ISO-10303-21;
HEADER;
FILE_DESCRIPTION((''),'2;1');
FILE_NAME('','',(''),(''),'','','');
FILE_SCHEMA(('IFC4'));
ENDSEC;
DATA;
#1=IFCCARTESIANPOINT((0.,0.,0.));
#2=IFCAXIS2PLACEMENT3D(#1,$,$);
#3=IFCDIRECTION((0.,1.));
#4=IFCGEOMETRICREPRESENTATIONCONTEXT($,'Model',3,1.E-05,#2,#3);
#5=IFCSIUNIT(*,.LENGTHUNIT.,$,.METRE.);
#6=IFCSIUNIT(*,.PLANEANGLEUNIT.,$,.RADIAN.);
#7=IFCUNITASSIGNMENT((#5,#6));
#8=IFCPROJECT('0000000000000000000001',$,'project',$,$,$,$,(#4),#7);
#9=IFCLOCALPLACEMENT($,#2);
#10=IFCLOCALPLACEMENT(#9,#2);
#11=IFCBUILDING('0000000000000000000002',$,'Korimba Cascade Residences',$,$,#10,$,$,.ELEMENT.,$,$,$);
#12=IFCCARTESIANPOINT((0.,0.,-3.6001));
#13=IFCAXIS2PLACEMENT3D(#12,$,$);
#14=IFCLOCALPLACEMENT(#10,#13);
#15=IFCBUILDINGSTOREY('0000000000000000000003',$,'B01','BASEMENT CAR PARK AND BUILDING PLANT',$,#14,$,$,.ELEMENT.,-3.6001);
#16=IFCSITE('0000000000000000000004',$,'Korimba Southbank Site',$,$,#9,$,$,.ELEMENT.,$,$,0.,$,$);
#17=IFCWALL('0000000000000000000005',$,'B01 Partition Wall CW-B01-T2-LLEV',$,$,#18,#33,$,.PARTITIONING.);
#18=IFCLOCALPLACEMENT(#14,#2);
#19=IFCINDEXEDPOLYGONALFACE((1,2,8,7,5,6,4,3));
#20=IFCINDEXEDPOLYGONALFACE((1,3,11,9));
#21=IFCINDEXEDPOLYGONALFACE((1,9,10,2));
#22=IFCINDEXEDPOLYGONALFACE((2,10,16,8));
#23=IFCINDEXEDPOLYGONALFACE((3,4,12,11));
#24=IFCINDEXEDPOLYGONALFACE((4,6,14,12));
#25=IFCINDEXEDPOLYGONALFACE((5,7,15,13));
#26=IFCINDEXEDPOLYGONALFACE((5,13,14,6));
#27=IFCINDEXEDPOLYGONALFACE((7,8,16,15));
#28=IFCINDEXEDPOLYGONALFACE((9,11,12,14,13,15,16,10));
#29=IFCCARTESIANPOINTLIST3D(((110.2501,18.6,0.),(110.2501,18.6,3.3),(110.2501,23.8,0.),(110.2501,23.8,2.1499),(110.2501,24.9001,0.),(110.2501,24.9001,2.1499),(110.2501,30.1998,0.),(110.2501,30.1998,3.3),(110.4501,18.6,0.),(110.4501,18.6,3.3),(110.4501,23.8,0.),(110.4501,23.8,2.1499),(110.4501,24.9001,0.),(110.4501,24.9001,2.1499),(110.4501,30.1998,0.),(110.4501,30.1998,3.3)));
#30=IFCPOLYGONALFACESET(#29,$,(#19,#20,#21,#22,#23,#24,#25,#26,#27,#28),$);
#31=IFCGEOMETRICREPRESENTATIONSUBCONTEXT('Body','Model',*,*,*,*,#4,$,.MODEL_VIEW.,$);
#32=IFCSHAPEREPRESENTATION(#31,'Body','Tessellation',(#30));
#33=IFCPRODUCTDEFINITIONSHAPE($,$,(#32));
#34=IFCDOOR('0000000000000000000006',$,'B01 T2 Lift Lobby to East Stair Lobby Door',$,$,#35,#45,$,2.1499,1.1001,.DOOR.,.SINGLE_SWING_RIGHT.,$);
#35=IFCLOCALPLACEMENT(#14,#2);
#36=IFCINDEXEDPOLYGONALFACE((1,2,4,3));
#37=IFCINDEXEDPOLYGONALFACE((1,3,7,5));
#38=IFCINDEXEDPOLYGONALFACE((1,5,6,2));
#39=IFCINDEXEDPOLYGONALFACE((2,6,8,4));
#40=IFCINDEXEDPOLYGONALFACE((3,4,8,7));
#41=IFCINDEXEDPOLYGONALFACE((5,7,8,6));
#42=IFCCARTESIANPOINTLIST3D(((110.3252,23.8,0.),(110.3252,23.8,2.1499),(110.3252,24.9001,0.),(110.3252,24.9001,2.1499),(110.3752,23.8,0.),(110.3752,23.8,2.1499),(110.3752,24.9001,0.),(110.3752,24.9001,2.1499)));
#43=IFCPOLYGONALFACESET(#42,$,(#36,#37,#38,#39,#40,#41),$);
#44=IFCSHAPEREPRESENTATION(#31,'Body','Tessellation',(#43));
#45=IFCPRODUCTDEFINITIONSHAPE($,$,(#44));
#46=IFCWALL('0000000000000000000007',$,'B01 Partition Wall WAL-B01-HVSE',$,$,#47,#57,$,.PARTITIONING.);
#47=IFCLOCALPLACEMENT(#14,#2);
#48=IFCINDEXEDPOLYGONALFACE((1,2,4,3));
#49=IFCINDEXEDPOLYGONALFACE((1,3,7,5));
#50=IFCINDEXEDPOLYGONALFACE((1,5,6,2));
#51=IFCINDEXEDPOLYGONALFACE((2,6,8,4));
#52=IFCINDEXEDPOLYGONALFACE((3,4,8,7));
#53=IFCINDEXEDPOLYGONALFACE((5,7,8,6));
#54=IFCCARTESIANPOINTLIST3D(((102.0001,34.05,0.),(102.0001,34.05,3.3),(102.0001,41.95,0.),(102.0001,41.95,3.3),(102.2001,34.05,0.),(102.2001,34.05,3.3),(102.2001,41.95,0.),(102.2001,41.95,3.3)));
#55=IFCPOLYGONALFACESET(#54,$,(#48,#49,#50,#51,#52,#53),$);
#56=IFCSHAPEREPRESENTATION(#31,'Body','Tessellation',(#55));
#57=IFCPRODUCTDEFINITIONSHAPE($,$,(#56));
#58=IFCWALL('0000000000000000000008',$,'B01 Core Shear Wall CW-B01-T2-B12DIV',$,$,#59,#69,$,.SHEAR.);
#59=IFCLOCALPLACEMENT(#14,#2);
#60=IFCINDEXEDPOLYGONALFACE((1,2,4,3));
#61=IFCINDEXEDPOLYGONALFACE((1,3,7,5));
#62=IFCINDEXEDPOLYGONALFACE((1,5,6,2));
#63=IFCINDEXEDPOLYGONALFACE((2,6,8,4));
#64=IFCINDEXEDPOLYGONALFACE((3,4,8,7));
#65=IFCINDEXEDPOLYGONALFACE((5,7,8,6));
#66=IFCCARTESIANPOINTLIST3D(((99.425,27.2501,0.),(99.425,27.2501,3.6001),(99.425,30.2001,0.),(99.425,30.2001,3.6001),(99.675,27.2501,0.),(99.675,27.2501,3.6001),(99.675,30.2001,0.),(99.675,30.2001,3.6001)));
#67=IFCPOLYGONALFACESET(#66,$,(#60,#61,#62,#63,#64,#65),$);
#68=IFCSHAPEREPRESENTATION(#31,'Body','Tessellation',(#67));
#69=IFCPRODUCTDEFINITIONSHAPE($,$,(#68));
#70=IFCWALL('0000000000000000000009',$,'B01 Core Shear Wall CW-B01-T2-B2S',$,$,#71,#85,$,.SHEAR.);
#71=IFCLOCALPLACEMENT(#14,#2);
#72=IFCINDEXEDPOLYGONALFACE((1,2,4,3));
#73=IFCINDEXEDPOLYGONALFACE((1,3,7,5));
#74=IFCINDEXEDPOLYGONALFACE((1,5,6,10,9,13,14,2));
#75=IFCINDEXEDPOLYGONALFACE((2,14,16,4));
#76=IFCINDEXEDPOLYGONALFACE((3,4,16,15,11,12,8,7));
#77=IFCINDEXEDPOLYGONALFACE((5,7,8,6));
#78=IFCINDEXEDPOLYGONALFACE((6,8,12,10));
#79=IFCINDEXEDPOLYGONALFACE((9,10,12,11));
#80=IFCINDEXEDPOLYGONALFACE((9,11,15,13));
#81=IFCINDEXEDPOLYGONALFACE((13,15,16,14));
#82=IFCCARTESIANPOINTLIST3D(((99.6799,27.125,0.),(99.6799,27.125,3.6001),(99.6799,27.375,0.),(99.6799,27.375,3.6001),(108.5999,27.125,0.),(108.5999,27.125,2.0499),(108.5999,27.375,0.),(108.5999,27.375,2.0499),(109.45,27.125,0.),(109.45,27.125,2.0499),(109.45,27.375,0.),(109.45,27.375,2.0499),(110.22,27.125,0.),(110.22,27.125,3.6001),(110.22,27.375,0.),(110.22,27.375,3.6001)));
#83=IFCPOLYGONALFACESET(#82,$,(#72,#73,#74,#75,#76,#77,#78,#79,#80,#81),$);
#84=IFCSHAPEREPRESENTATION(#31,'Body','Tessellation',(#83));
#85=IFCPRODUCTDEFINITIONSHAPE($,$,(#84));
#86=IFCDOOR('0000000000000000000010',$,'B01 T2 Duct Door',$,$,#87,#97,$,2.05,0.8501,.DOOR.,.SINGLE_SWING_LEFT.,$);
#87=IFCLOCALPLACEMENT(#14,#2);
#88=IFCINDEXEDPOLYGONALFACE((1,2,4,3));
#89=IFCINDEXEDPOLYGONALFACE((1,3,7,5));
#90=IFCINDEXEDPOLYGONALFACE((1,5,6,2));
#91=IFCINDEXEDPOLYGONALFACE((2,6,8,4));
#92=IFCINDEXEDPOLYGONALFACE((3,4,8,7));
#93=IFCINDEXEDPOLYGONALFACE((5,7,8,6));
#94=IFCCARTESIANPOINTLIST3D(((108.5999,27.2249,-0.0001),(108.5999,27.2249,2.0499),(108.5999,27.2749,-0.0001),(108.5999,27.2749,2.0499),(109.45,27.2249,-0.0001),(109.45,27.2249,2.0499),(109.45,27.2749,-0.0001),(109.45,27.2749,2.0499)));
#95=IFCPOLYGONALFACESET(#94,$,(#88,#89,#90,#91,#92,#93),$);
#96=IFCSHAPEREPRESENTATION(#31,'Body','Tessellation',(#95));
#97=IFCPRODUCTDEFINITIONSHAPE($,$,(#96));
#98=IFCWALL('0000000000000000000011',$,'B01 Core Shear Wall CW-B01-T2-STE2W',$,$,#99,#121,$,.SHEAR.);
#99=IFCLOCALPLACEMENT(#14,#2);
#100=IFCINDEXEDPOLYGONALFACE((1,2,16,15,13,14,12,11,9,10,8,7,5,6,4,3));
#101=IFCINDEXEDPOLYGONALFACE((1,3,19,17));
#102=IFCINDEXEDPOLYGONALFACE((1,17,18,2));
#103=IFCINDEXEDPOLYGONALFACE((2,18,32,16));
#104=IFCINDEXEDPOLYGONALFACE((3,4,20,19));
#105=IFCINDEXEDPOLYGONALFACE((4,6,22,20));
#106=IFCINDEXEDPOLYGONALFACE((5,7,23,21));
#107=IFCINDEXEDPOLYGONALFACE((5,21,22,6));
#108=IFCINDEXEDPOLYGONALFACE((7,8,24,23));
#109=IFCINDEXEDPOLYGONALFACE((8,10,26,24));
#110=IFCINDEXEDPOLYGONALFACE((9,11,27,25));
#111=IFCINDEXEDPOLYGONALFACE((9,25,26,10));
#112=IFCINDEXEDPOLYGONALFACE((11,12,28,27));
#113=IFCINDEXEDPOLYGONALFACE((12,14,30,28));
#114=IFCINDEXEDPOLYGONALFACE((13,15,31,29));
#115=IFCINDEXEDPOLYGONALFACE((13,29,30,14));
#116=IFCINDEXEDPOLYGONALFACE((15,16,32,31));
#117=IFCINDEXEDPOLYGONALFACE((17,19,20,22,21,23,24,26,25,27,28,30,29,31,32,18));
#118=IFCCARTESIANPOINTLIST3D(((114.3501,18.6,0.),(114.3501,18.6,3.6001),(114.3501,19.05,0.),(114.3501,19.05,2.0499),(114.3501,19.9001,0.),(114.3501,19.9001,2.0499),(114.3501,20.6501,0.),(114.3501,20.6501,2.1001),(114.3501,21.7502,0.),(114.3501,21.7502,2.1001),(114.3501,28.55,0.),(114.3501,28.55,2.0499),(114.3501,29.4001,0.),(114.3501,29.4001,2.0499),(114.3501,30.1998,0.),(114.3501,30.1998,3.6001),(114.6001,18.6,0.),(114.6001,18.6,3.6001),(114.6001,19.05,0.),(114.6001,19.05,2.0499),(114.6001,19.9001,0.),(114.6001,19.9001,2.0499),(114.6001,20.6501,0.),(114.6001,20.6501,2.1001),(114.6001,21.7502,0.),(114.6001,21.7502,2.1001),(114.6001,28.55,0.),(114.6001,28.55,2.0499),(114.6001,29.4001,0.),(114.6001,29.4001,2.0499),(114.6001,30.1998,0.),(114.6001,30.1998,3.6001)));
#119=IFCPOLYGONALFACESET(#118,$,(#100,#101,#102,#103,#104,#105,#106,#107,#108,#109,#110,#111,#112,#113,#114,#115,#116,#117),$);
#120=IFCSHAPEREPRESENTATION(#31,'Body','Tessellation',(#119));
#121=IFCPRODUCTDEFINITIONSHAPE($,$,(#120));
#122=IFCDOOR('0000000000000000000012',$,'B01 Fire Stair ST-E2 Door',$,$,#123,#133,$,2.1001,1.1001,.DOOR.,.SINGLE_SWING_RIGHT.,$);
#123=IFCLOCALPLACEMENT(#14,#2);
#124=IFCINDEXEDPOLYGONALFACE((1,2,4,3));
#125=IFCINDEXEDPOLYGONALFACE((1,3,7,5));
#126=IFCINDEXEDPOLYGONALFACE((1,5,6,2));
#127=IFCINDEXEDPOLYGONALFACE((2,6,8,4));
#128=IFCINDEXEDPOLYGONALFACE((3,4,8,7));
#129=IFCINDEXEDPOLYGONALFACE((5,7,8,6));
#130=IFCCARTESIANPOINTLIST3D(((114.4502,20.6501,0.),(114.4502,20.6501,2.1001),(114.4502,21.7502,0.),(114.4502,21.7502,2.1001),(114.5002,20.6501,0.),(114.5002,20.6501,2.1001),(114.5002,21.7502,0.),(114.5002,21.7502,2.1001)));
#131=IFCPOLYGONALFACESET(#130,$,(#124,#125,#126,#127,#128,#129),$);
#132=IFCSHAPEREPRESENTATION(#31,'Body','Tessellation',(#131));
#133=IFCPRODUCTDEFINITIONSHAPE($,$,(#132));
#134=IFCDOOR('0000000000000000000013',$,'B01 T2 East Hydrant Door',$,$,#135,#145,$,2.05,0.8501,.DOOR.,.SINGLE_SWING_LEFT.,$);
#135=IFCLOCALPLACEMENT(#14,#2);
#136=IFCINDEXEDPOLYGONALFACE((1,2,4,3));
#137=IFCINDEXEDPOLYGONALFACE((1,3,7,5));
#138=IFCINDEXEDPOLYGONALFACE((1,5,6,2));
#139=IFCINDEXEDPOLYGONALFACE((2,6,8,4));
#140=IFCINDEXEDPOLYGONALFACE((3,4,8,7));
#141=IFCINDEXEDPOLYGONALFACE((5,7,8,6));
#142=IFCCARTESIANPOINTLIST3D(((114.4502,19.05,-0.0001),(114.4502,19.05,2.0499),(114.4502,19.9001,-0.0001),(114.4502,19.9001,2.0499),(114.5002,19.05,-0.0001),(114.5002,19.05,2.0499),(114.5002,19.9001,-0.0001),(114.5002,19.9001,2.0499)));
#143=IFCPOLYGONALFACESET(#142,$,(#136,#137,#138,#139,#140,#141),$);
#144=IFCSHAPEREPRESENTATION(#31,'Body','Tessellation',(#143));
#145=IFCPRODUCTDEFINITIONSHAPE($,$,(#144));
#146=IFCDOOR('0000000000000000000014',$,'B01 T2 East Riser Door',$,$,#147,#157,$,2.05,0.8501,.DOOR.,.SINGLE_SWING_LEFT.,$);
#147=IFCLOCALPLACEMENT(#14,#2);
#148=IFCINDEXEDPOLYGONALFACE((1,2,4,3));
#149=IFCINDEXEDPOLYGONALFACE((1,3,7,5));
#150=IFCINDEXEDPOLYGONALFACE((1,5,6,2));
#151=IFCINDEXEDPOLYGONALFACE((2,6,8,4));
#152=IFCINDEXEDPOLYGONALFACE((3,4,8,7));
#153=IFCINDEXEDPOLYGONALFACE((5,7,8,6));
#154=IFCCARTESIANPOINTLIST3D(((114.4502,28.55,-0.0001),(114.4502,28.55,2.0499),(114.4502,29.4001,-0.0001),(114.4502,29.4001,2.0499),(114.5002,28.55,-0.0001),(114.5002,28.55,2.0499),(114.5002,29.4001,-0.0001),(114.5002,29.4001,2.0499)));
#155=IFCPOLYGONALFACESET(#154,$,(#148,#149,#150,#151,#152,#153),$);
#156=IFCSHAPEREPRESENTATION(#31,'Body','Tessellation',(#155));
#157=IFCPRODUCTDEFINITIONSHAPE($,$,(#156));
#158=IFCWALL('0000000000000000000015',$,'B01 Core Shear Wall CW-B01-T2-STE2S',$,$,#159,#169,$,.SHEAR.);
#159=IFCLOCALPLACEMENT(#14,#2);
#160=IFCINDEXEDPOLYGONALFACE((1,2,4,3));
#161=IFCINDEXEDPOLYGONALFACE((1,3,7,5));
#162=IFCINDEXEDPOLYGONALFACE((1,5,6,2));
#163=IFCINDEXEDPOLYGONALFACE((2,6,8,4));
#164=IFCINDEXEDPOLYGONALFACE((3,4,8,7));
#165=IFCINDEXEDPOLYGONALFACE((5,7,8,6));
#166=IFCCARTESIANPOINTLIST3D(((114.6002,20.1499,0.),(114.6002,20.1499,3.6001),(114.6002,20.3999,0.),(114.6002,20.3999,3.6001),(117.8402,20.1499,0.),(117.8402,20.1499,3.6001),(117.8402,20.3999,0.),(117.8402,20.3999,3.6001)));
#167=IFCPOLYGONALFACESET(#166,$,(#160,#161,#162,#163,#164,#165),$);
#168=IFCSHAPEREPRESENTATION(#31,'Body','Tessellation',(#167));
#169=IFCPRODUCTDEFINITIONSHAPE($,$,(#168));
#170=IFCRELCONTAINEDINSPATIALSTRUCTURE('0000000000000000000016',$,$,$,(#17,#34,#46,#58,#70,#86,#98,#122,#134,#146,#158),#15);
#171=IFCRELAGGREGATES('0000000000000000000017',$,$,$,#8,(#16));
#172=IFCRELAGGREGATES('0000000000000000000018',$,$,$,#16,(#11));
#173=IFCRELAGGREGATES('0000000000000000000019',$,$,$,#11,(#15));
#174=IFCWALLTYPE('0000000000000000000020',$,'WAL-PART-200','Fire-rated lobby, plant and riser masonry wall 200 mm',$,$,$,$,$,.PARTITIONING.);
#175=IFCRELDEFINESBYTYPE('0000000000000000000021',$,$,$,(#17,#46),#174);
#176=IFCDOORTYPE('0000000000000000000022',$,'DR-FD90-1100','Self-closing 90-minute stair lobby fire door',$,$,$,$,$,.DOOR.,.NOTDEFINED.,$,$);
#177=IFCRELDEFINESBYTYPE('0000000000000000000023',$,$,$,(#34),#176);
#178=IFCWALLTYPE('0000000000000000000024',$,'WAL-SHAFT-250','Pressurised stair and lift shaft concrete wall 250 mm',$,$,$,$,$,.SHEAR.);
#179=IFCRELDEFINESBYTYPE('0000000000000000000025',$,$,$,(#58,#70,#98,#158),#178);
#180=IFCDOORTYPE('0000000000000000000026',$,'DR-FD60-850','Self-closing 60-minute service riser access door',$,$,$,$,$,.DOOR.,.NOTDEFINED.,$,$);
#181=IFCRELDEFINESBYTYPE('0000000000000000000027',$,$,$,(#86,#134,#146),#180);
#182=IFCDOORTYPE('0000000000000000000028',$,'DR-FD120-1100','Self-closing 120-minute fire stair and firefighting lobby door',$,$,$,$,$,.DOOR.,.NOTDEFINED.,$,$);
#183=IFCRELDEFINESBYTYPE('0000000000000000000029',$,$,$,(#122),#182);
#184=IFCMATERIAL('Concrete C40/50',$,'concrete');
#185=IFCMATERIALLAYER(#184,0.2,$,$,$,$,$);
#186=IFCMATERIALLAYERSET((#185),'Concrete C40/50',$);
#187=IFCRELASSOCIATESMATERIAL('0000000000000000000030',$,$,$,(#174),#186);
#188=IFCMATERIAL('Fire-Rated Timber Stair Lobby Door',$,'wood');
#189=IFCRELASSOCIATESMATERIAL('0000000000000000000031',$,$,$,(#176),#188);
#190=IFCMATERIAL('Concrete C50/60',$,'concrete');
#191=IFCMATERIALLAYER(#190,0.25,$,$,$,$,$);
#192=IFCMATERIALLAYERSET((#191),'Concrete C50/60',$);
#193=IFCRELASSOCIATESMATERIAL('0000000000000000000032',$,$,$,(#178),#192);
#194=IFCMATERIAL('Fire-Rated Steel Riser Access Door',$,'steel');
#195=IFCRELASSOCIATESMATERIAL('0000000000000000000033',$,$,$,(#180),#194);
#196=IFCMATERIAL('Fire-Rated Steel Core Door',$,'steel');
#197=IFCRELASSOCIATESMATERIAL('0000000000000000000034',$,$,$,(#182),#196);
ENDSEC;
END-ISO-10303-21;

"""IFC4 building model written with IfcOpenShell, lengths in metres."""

from ifc_helpers import new_model, si_unit, direction, frame, frame_2d, origin, place, context, subcontext, project, spatial, rectangle, extrude, material, layer, layer_set, type_object, element, fill, save


model = new_model("IFC4")

# Units and contexts
model_context = context("Model", 3, precision=1e-05, world=origin(), true_north=direction((0.0, 1.0)))
body_context = subcontext(model_context, "Body", "Model", "MODEL_VIEW")
ifc_project = project(units=[si_unit("LENGTHUNIT", "METRE"), si_unit("PLANEANGLEUNIT", "RADIAN")], contexts=[model_context])

# Site, building, storey
site_placement = place(None, origin())
site = spatial("IfcSite", under=ifc_project, at=site_placement, Name="Korimba Southbank Site", CompositionType="ELEMENT", RefElevation=0.0)
building_placement = place(site_placement, origin())
building = spatial("IfcBuilding", under=site, at=building_placement, Name="Korimba Cascade Residences", CompositionType="ELEMENT")
storey_placement = place(building_placement, frame((0.0, 0.0, -3.6001)))
storey = spatial("IfcBuildingStorey", under=building, at=storey_placement, Name="B01", Description="BASEMENT CAR PARK AND BUILDING PLANT", CompositionType="ELEMENT", Elevation=-3.6001)

# Shared definitions
ifc_material_1 = material(Name="Concrete C50/60", Category="concrete")

# Shared definitions
ifc_material_2 = material(Name="Concrete C40/50", Category="concrete")
ifc_layer_1 = layer(ifc_material_2, 0.2)
ifc_layer_set_1 = layer_set([ifc_layer_1], Name="Concrete C40/50")
wall_type_1 = type_object("IfcWallType", Name="WAL-PART-200", Description="Fire-rated lobby, plant and riser masonry wall 200 mm", PredefinedType="PARTITIONING", material=ifc_layer_set_1)

# Wall, opening, door
wall_1_placement = place(storey_placement, frame((110.3501, 18.6001, 0.0), z_axis=(0.0, 0.0, 1.0), x_axis=(0.0, 1.0, 0.0)))
wall_1 = element("IfcWall", 1, at=wall_1_placement, inside=storey, type_object=wall_type_1, Name="B01 Partition Wall CW-B01-T2-LLEV", PredefinedType="PARTITIONING", context=body_context, shape_type="SweptSolid", body=[
    extrude(rectangle(XDim=11.5999, YDim=0.2, at=frame_2d((5.7998, 0.0))), origin(), (0.0, 0.0, 1.0), 3.3),
])
opening_1_placement = place(wall_1_placement, frame((5.2, 0.0, 0.0)))
opening_1 = element("IfcOpeningElement", 2, at=opening_1_placement, cuts=wall_1, PredefinedType="OPENING", context=body_context, shape_type="SweptSolid", body=[
    extrude(rectangle(XDim=1.1001, YDim=2.1499, at=frame_2d((0.55, 1.075))), frame((0.0, 0.1099, 0.0), z_axis=(0.0, -1.0, 0.0), x_axis=(1.0, 0.0, 0.0)), (0.0, 0.0, 1.0), 0.22),
])
ifc_material_3 = material(Name="Fire-Rated Timber Stair Lobby Door", Category="wood")
door_type_1 = type_object("IfcDoorType", Name="DR-FD90-1100", Description="Self-closing 90-minute stair lobby fire door", OperationType="NOTDEFINED", PredefinedType="DOOR", material=ifc_material_3)
door_1_placement = place(opening_1_placement, origin())
door_1 = element("IfcDoor", 3, at=door_1_placement, inside=storey, type_object=door_type_1, Name="B01 T2 Lift Lobby to East Stair Lobby Door", OperationType="SINGLE_SWING_RIGHT", OverallHeight=2.1499, OverallWidth=1.1001, PredefinedType="DOOR", context=body_context, shape_type="SweptSolid", body=[
    extrude(rectangle(XDim=1.1001, YDim=2.1499, at=frame_2d((0.55, 1.075))), frame((0.0, 0.0249, 0.0), z_axis=(0.0, -1.0, 0.0), x_axis=(1.0, 0.0, 0.0)), (0.0, 0.0, 1.0), 0.05),
])
fill(opening_1, door_1)

# Walls
wall_2_placement = place(storey_placement, frame((102.1001, 34.05, 0.0), z_axis=(0.0, 0.0, 1.0), x_axis=(0.0, 1.0, 0.0)))
element("IfcWall", 4, at=wall_2_placement, inside=storey, type_object=wall_type_1, Name="B01 Partition Wall WAL-B01-HVSE", PredefinedType="PARTITIONING", context=body_context, shape_type="SweptSolid", body=[
    extrude(rectangle(XDim=7.8999, YDim=0.2, at=frame_2d((3.95, 0.0))), origin(), (0.0, 0.0, 1.0), 3.3),
])
ifc_layer_2 = layer(ifc_material_1, 0.25)
ifc_layer_set_2 = layer_set([ifc_layer_2], Name="Concrete C50/60")
wall_type_2 = type_object("IfcWallType", Name="WAL-SHAFT-250", Description="Pressurised stair and lift shaft concrete wall 250 mm", PredefinedType="SHEAR", material=ifc_layer_set_2)
wall_3_placement = place(storey_placement, frame((99.55, 27.25, 0.0), z_axis=(0.0, 0.0, 1.0), x_axis=(0.0, 1.0, 0.0)))
element("IfcWall", 5, at=wall_3_placement, inside=storey, type_object=wall_type_2, Name="B01 Core Shear Wall CW-B01-T2-B12DIV", PredefinedType="SHEAR", context=body_context, shape_type="SweptSolid", body=[
    extrude(rectangle(XDim=2.95, YDim=0.25, at=frame_2d((1.4751, 0.0))), origin(), (0.0, 0.0, 1.0), 3.6001),
])

# Wall, opening, door
wall_4_placement = place(storey_placement, frame((99.6799, 27.25, 0.0), z_axis=(0.0, 0.0, 1.0), x_axis=(1.0, 0.0, 0.0)))
wall_4 = element("IfcWall", 6, at=wall_4_placement, inside=storey, type_object=wall_type_2, Name="B01 Core Shear Wall CW-B01-T2-B2S", PredefinedType="SHEAR", context=body_context, shape_type="SweptSolid", body=[
    extrude(rectangle(XDim=10.54, YDim=0.25, at=frame_2d((5.27, 0.0))), origin(), (0.0, 0.0, 1.0), 3.6001),
])
opening_2_placement = place(wall_4_placement, frame((8.9199, 0.0, 0.0)))
opening_2 = element("IfcOpeningElement", 7, at=opening_2_placement, cuts=wall_4, PredefinedType="OPENING", context=body_context, shape_type="SweptSolid", body=[
    extrude(rectangle(XDim=0.8501, YDim=2.05, at=frame_2d((0.425, 1.0249))), frame((0.0, 0.135, 0.0), z_axis=(0.0, -1.0, 0.0), x_axis=(1.0, 0.0, 0.0)), (0.0, 0.0, 1.0), 0.27),
])
ifc_material_4 = material(Name="Fire-Rated Steel Riser Access Door", Category="steel")
door_type_2 = type_object("IfcDoorType", Name="DR-FD60-850", Description="Self-closing 60-minute service riser access door", OperationType="NOTDEFINED", PredefinedType="DOOR", material=ifc_material_4)
door_2_placement = place(opening_2_placement, origin())
door_2 = element("IfcDoor", 8, at=door_2_placement, inside=storey, type_object=door_type_2, Name="B01 T2 Duct Door", OperationType="SINGLE_SWING_LEFT", OverallHeight=2.05, OverallWidth=0.8501, PredefinedType="DOOR", context=body_context, shape_type="SweptSolid", body=[
    extrude(rectangle(XDim=0.8501, YDim=2.05, at=frame_2d((0.425, 1.0249))), frame((0.0, 0.0249, 0.0), z_axis=(0.0, -1.0, 0.0), x_axis=(1.0, 0.0, 0.0)), (0.0, 0.0, 1.0), 0.05),
])
fill(opening_2, door_2)

# Wall, openings, doors
wall_5_placement = place(storey_placement, frame((114.4751, 18.6001, 0.0), z_axis=(0.0, 0.0, 1.0), x_axis=(0.0, 1.0, 0.0)))
wall_5 = element("IfcWall", 9, at=wall_5_placement, inside=storey, type_object=wall_type_2, Name="B01 Core Shear Wall CW-B01-T2-STE2W", PredefinedType="SHEAR", context=body_context, shape_type="SweptSolid", body=[
    extrude(rectangle(XDim=11.5999, YDim=0.25, at=frame_2d((5.7998, 0.0))), origin(), (0.0, 0.0, 1.0), 3.6001),
])
opening_3_placement = place(wall_5_placement, frame((0.45, 0.0, 0.0)))
opening_3 = element("IfcOpeningElement", 10, at=opening_3_placement, cuts=wall_5, PredefinedType="OPENING", context=body_context, shape_type="SweptSolid", body=[
    extrude(rectangle(XDim=0.8501, YDim=2.05, at=frame_2d((0.425, 1.0249))), frame((0.0, 0.135, 0.0), z_axis=(0.0, -1.0, 0.0), x_axis=(1.0, 0.0, 0.0)), (0.0, 0.0, 1.0), 0.27),
])
opening_4_placement = place(wall_5_placement, frame((2.05, 0.0, 0.0)))
opening_4 = element("IfcOpeningElement", 11, at=opening_4_placement, cuts=wall_5, PredefinedType="OPENING", context=body_context, shape_type="SweptSolid", body=[
    extrude(rectangle(XDim=1.1001, YDim=2.1001, at=frame_2d((0.55, 1.05))), frame((0.0, 0.135, 0.0), z_axis=(0.0, -1.0, 0.0), x_axis=(1.0, 0.0, 0.0)), (0.0, 0.0, 1.0), 0.27),
])
opening_5_placement = place(wall_5_placement, frame((9.95, 0.0, 0.0)))
opening_5 = element("IfcOpeningElement", 12, at=opening_5_placement, cuts=wall_5, PredefinedType="OPENING", context=body_context, shape_type="SweptSolid", body=[
    extrude(rectangle(XDim=0.8501, YDim=2.05, at=frame_2d((0.425, 1.0249))), frame((0.0, 0.135, 0.0), z_axis=(0.0, -1.0, 0.0), x_axis=(1.0, 0.0, 0.0)), (0.0, 0.0, 1.0), 0.27),
])
ifc_material_5 = material(Name="Fire-Rated Steel Core Door", Category="steel")
door_type_3 = type_object("IfcDoorType", Name="DR-FD120-1100", Description="Self-closing 120-minute fire stair and firefighting lobby door", OperationType="NOTDEFINED", PredefinedType="DOOR", material=ifc_material_5)
door_3_placement = place(opening_4_placement, origin())
door_3 = element("IfcDoor", 13, at=door_3_placement, inside=storey, type_object=door_type_3, Name="B01 Fire Stair ST-E2 Door", OperationType="SINGLE_SWING_RIGHT", OverallHeight=2.1001, OverallWidth=1.1001, PredefinedType="DOOR", context=body_context, shape_type="SweptSolid", body=[
    extrude(rectangle(XDim=1.1001, YDim=2.1001, at=frame_2d((0.55, 1.05))), frame((0.0, 0.0249, 0.0), z_axis=(0.0, -1.0, 0.0), x_axis=(1.0, 0.0, 0.0)), (0.0, 0.0, 1.0), 0.05),
])
fill(opening_4, door_3)
door_4_placement = place(opening_3_placement, origin())
door_4 = element("IfcDoor", 14, at=door_4_placement, inside=storey, type_object=door_type_2, Name="B01 T2 East Hydrant Door", OperationType="SINGLE_SWING_LEFT", OverallHeight=2.05, OverallWidth=0.8501, PredefinedType="DOOR", context=body_context, shape_type="SweptSolid", body=[
    extrude(rectangle(XDim=0.8501, YDim=2.05, at=frame_2d((0.425, 1.0249))), frame((0.0, 0.0249, 0.0), z_axis=(0.0, -1.0, 0.0), x_axis=(1.0, 0.0, 0.0)), (0.0, 0.0, 1.0), 0.05),
])
fill(opening_3, door_4)
door_5_placement = place(opening_5_placement, origin())
door_5 = element("IfcDoor", 15, at=door_5_placement, inside=storey, type_object=door_type_2, Name="B01 T2 East Riser Door", OperationType="SINGLE_SWING_LEFT", OverallHeight=2.05, OverallWidth=0.8501, PredefinedType="DOOR", context=body_context, shape_type="SweptSolid", body=[
    extrude(rectangle(XDim=0.8501, YDim=2.05, at=frame_2d((0.425, 1.0249))), frame((0.0, 0.0249, 0.0), z_axis=(0.0, -1.0, 0.0), x_axis=(1.0, 0.0, 0.0)), (0.0, 0.0, 1.0), 0.05),
])
fill(opening_5, door_5)

# Wall
for number, where, z_axis, x_axis, name in (
    (16, (114.6001, 20.2749, 0.0), (0.0, 0.0, 1.0), (1.0, 0.0, 0.0), "B01 Core Shear Wall CW-B01-T2-STE2S"),
):
    element("IfcWall", number, at=place(storey_placement, frame(where, z_axis=z_axis, x_axis=x_axis)), inside=storey, type_object=wall_type_2, Name=name, PredefinedType="SHEAR", context=body_context, shape_type="SweptSolid", body=[
        extrude(rectangle(XDim=3.24, YDim=0.25, at=frame_2d((1.6201, 0.0))), origin(), (0.0, 0.0, 1.0), 3.6001),
    ])

save(model, "model.ifc")
